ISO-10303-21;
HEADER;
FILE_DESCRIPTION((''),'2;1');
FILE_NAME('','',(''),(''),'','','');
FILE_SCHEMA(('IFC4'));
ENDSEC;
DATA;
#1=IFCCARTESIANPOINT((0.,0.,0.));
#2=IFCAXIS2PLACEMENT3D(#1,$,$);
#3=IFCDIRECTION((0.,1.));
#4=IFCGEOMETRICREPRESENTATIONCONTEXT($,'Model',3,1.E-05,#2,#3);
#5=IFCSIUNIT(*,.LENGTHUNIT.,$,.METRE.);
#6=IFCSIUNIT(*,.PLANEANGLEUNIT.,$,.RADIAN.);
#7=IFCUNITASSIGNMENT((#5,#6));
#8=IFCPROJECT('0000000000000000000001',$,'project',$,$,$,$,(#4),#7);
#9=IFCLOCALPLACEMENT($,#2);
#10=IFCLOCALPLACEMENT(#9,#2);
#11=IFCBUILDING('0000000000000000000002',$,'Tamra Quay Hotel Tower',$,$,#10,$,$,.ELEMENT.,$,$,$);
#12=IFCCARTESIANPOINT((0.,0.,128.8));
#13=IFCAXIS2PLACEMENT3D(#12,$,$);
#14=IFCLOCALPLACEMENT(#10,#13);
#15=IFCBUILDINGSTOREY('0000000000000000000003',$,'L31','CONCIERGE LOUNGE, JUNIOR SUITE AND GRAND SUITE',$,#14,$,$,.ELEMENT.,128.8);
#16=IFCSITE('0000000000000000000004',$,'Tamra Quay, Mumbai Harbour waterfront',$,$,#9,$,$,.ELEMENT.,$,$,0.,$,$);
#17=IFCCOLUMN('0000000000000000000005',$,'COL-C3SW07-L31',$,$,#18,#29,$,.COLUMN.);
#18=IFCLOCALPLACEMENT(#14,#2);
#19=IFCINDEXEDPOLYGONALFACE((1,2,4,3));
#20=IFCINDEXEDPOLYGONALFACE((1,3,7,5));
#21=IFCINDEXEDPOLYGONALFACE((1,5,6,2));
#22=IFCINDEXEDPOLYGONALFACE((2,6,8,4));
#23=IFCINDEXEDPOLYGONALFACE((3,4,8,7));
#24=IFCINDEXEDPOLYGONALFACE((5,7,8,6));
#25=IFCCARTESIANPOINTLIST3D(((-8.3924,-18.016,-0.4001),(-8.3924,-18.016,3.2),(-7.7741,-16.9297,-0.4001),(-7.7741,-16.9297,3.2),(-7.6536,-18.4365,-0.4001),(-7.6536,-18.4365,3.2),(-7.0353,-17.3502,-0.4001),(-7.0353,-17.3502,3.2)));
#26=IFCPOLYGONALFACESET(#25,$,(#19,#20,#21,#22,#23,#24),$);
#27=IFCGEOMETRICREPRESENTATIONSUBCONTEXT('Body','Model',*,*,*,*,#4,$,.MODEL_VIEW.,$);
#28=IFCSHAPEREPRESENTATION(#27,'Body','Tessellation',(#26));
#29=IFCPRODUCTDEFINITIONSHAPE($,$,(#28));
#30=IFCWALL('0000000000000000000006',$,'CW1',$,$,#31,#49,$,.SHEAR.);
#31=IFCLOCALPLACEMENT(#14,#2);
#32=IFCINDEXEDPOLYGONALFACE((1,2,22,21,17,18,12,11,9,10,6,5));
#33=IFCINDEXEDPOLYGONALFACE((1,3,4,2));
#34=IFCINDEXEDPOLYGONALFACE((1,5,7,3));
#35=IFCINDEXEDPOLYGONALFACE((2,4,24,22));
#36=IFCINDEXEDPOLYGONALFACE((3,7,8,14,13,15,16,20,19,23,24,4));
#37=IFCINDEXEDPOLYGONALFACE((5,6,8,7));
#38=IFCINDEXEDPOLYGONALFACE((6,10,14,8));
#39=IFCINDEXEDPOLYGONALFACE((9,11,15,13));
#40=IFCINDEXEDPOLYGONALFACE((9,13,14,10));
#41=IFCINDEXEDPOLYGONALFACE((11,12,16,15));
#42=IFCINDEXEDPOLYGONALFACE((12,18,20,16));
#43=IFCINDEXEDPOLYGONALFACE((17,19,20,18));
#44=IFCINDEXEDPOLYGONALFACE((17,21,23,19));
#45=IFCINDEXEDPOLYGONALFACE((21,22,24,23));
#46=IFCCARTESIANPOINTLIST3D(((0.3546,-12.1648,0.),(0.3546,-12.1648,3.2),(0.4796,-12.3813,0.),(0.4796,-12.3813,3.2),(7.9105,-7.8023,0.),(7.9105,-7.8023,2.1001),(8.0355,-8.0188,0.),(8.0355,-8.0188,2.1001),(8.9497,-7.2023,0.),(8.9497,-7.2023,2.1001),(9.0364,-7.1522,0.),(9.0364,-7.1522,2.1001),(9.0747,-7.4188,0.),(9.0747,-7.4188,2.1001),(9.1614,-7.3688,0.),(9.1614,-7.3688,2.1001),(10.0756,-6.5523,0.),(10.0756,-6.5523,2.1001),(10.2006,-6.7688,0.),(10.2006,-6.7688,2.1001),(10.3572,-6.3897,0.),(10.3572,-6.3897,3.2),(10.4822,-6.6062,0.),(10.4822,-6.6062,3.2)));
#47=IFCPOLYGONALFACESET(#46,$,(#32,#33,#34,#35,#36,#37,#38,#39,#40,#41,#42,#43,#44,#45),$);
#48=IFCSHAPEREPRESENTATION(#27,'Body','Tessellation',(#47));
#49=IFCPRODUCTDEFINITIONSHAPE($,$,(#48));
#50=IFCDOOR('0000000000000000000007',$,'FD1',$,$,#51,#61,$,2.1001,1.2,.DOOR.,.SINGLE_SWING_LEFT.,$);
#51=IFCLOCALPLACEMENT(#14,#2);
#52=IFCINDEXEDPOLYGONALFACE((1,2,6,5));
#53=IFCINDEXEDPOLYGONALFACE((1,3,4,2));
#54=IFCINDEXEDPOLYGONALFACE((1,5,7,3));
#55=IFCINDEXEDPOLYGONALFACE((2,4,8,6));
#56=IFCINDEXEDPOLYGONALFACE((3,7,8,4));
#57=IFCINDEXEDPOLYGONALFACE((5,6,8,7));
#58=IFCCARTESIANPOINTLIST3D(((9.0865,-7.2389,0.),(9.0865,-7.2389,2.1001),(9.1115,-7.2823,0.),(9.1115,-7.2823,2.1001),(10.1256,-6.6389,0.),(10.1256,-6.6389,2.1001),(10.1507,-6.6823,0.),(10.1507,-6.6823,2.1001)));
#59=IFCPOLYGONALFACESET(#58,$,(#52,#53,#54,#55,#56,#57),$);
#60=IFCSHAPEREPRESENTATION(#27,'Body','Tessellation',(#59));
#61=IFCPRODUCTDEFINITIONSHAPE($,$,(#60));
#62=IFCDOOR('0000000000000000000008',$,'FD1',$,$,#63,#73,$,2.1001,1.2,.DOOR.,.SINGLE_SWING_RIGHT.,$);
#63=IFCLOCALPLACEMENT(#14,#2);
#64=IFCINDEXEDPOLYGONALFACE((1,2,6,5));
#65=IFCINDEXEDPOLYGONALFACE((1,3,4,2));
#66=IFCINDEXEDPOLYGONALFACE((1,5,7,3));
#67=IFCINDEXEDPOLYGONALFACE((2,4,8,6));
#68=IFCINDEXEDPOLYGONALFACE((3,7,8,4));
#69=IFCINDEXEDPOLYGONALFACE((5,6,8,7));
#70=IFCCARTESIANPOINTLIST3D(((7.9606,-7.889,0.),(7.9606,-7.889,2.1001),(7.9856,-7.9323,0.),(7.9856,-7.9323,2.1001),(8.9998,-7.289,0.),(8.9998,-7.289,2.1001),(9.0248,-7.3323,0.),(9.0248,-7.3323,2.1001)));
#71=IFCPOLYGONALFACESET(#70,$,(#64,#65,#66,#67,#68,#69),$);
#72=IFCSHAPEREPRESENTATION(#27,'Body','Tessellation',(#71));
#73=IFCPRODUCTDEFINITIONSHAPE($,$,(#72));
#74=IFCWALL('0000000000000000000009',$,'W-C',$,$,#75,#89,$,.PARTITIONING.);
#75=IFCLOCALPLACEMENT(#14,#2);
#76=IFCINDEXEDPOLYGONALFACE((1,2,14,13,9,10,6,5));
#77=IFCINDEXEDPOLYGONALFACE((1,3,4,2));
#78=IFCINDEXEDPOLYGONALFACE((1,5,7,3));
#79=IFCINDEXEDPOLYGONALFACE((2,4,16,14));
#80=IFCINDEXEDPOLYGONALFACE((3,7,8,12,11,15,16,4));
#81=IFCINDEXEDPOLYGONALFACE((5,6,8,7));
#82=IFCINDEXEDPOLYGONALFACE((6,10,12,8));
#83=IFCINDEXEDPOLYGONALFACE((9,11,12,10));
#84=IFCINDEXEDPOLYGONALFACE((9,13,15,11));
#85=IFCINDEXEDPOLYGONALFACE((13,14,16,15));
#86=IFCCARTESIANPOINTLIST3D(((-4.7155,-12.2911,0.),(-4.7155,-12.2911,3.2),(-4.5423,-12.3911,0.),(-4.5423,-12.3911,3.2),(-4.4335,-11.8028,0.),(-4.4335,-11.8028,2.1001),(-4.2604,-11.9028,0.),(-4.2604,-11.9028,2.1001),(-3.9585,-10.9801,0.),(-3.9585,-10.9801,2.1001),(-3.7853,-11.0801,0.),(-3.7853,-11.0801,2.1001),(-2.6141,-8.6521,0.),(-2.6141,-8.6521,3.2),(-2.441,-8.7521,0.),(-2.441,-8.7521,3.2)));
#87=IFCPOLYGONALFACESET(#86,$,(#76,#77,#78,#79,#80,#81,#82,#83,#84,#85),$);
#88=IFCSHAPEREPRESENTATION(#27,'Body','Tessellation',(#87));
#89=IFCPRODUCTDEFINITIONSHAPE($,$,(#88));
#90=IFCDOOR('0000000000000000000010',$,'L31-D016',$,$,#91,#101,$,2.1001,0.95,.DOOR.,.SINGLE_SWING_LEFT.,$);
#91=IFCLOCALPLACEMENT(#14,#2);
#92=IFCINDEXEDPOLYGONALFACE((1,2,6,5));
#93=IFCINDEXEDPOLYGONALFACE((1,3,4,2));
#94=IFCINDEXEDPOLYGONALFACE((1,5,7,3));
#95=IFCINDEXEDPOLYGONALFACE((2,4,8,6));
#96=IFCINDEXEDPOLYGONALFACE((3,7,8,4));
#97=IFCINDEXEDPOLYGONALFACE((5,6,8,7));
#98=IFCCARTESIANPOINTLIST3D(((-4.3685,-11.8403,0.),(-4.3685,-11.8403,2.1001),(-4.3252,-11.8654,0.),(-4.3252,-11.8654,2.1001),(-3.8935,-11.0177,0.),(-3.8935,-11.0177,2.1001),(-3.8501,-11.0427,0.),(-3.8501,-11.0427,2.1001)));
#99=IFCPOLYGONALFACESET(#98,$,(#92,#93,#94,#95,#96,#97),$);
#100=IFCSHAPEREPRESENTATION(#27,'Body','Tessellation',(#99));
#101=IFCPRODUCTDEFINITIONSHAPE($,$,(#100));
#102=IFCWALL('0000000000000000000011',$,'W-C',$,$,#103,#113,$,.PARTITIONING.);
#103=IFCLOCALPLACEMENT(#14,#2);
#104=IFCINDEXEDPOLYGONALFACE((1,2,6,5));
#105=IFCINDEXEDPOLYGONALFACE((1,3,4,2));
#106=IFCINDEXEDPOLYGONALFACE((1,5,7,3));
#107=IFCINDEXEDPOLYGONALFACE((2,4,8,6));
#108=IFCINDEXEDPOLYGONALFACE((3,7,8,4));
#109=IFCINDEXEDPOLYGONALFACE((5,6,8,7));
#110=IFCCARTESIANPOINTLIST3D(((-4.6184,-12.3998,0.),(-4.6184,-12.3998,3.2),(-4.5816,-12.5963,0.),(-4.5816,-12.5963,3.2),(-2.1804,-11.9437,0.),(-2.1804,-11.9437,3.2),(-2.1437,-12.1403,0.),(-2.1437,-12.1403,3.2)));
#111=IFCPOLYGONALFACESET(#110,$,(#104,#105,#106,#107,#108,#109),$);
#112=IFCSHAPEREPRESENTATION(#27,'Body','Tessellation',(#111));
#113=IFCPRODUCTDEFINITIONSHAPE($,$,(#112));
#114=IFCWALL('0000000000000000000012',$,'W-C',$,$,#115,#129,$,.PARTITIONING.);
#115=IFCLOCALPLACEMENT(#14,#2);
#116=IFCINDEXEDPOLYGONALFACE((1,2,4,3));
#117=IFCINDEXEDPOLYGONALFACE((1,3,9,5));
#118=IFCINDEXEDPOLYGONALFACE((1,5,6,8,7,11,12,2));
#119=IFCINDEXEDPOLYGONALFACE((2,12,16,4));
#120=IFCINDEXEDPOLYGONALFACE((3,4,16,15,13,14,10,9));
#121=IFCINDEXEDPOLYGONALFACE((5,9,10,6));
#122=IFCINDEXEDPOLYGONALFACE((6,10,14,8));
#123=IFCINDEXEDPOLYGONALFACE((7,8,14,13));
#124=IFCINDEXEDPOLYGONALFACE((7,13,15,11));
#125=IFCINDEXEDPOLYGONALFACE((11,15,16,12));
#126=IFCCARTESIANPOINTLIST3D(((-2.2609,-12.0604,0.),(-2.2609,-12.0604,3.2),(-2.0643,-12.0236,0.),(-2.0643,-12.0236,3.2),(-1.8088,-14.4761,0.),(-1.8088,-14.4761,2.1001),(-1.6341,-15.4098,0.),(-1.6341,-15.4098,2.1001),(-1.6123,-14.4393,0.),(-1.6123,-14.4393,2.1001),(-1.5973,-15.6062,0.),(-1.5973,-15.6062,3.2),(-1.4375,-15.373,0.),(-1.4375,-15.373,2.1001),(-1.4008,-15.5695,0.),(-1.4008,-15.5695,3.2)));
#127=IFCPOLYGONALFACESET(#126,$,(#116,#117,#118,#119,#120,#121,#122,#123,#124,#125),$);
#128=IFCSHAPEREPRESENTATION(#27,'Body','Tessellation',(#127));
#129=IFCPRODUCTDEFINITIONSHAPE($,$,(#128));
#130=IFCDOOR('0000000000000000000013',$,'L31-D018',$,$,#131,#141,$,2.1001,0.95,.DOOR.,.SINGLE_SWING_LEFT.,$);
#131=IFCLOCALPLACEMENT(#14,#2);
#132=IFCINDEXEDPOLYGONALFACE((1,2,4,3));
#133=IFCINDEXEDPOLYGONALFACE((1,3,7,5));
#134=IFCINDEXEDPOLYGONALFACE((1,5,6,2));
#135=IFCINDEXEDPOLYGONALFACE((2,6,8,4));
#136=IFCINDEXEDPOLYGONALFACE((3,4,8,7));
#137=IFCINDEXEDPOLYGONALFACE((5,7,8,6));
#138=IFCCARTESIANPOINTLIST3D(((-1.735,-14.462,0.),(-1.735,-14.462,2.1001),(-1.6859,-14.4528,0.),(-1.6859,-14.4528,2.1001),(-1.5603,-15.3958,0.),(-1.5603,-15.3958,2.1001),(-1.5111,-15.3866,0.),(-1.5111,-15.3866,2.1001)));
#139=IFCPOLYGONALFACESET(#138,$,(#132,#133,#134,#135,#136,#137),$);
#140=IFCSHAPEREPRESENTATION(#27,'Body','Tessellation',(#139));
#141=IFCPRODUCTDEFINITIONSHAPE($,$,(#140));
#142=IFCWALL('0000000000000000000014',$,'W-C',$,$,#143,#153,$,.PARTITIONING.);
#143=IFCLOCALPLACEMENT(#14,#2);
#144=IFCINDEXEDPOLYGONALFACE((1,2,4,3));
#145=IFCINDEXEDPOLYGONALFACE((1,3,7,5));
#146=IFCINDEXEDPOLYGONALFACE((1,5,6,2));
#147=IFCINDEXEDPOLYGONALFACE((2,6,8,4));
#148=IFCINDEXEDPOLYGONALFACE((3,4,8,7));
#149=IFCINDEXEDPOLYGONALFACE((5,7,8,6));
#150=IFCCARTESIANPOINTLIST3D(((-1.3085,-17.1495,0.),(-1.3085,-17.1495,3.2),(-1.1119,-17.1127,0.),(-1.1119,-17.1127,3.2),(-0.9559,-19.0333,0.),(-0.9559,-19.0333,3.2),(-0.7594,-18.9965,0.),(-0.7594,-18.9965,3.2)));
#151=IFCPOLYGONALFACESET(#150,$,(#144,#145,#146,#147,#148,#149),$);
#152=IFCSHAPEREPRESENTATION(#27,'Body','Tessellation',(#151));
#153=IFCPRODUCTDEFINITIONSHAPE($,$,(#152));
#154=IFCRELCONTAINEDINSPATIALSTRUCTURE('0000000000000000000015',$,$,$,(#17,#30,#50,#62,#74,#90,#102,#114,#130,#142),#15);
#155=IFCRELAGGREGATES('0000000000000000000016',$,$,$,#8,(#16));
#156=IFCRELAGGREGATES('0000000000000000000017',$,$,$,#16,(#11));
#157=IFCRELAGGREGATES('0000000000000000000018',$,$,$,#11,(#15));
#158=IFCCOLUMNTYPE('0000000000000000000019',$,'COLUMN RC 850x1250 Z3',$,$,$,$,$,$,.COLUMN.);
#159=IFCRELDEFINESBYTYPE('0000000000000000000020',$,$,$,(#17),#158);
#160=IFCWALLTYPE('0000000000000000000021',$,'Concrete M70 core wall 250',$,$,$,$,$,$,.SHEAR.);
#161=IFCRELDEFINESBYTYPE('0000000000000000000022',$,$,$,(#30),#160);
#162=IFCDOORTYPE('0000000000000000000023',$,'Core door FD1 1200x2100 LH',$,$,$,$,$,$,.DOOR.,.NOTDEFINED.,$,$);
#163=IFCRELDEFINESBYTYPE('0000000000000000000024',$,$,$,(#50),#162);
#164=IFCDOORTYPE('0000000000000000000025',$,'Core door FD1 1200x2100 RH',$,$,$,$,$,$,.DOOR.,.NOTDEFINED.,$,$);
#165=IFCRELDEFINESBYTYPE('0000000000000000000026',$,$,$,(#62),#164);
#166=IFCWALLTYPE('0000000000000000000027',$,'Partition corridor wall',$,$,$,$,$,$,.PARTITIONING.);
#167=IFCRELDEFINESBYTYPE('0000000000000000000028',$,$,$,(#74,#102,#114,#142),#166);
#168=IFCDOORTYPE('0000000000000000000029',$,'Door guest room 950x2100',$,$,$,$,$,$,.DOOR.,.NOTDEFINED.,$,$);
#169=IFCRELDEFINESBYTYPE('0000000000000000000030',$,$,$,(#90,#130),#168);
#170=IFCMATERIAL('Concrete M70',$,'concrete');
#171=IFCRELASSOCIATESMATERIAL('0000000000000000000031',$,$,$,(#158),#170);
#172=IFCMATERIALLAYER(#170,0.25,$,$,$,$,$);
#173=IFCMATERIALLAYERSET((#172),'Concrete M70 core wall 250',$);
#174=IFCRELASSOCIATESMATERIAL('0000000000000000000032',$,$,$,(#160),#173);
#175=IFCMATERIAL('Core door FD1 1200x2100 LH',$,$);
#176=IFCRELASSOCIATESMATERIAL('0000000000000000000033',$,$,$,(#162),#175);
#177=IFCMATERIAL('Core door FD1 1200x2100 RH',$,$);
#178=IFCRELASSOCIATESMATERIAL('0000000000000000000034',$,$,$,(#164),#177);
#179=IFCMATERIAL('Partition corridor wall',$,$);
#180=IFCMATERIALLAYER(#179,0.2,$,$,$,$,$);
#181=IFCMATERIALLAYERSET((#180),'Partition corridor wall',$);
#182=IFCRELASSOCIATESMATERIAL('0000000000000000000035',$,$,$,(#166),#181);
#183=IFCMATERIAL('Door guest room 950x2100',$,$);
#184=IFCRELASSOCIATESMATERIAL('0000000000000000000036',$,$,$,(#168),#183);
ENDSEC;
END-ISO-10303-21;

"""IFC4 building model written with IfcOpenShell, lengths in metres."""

from ifc_helpers import new_model, si_unit, direction, frame, frame_2d, origin, origin_2d, place, context, subcontext, project, spatial, rectangle, extrude, material, layer, layer_set, material_profile, profile_set, type_object, element, fill, save


model = new_model("IFC4")

# Units and contexts
model_context = context("Model", 3, precision=1e-05, world=origin(), true_north=direction((0.0, 1.0)))
body_context = subcontext(model_context, "Body", "Model", "MODEL_VIEW")
ifc_project = project(units=[si_unit("LENGTHUNIT", "METRE"), si_unit("PLANEANGLEUNIT", "RADIAN")], contexts=[model_context])

# Site, building, storey
site_placement = place(None, origin())
site = spatial("IfcSite", under=ifc_project, at=site_placement, Name="Tamra Quay, Mumbai Harbour waterfront", CompositionType="ELEMENT", RefElevation=0.0)
building_placement = place(site_placement, origin())
building = spatial("IfcBuilding", under=site, at=building_placement, Name="Tamra Quay Hotel Tower", CompositionType="ELEMENT")
storey_placement = place(building_placement, frame((0.0, 0.0, 128.8)))
storey = spatial("IfcBuildingStorey", under=building, at=storey_placement, Name="L31", Description="CONCIERGE LOUNGE, JUNIOR SUITE AND GRAND SUITE", CompositionType="ELEMENT", Elevation=128.8)

# Column
ifc_material_1 = material(Name="Concrete M70", Category="concrete")
ifc_material_profile = material_profile(ifc_material_1, rectangle(XDim=1.25, YDim=0.8501, at=origin_2d()), Name="COLUMN RC 850x1250 Z3")
ifc_profile_set = profile_set([ifc_material_profile], Name="Concrete M70")
column_type = type_object("IfcColumnType", Name="COLUMN RC 850x1250 Z3", PredefinedType="COLUMN", material=ifc_profile_set)
column_placement = place(storey_placement, frame((-7.7139, -17.6831, -0.4001), z_axis=(0.0, 0.0, 1.0), x_axis=(0.494656, 0.869089, 0.0)))
element("IfcColumn", 1, at=column_placement, inside=storey, type_object=column_type, Name="COL-C3SW07-L31", PredefinedType="COLUMN", context=body_context, shape_type="SweptSolid", body=[
    extrude(rectangle(XDim=1.25, YDim=0.8501, at=origin_2d()), origin(), (0.0, 0.0, 1.0), 3.6001),
])

# Wall, openings, doors
ifc_layer_1 = layer(ifc_material_1, 0.25)
ifc_layer_set_1 = layer_set([ifc_layer_1], Name="Concrete M70 core wall 250")
wall_type_1 = type_object("IfcWallType", Name="Concrete M70 core wall 250", PredefinedType="SHEAR", material=ifc_layer_set_1)
wall_1_placement = place(storey_placement, frame((0.4172, -12.2729, 0.0), z_axis=(0.0, 0.0, 1.0), x_axis=(0.866022, 0.500006, 0.0)))
wall_1 = element("IfcWall", 2, at=wall_1_placement, inside=storey, type_object=wall_type_1, Name="CW1", PredefinedType="SHEAR", context=body_context, shape_type="SweptSolid", body=[
    extrude(rectangle(XDim=11.55, YDim=0.25, at=frame_2d((5.7749, 0.0))), origin(), (0.0, 0.0, 1.0), 3.2),
])
opening_1_placement = place(wall_1_placement, frame((10.0247, 0.0, 0.0)))
opening_1 = element("IfcOpeningElement", 3, at=opening_1_placement, cuts=wall_1, PredefinedType="OPENING", context=body_context, shape_type="SweptSolid", body=[
    extrude(rectangle(XDim=1.2, YDim=2.1001, at=frame_2d((0.6001, 1.05))), frame((0.0, 0.135, 0.0), z_axis=(0.0, -1.0, 0.0), x_axis=(1.0, 0.0, 0.0)), (0.0, 0.0, 1.0), 0.27),
])
opening_2_placement = place(wall_1_placement, frame((8.7246, 0.0, 0.0)))
opening_2 = element("IfcOpeningElement", 4, at=opening_2_placement, cuts=wall_1, PredefinedType="OPENING", context=body_context, shape_type="SweptSolid", body=[
    extrude(rectangle(XDim=1.2, YDim=2.1001, at=frame_2d((0.6001, 1.05))), frame((0.0, 0.135, 0.0), z_axis=(0.0, -1.0, 0.0), x_axis=(1.0, 0.0, 0.0)), (0.0, 0.0, 1.0), 0.27),
])
ifc_material_2 = material(Name="Core door FD1 1200x2100 LH")
door_type_1 = type_object("IfcDoorType", Name="Core door FD1 1200x2100 LH", OperationType="NOTDEFINED", PredefinedType="DOOR", material=ifc_material_2)
door_1_placement = place(opening_1_placement, origin())
door_1 = element("IfcDoor", 5, at=door_1_placement, inside=storey, type_object=door_type_1, Name="FD1", OperationType="SINGLE_SWING_LEFT", OverallHeight=2.1001, OverallWidth=1.2, PredefinedType="DOOR", context=body_context, shape_type="SweptSolid", body=[
    extrude(rectangle(XDim=1.2, YDim=2.1001, at=frame_2d((0.6001, 1.05))), frame((0.0, 0.0249, 0.0), z_axis=(0.0, -1.0, 0.0), x_axis=(1.0, 0.0, 0.0)), (0.0, 0.0, 1.0), 0.05),
])
fill(opening_1, door_1)
ifc_material_3 = material(Name="Core door FD1 1200x2100 RH")
door_type_2 = type_object("IfcDoorType", Name="Core door FD1 1200x2100 RH", OperationType="NOTDEFINED", PredefinedType="DOOR", material=ifc_material_3)
door_2_placement = place(opening_2_placement, origin())
door_2 = element("IfcDoor", 6, at=door_2_placement, inside=storey, type_object=door_type_2, Name="FD1", OperationType="SINGLE_SWING_RIGHT", OverallHeight=2.1001, OverallWidth=1.2, PredefinedType="DOOR", context=body_context, shape_type="SweptSolid", body=[
    extrude(rectangle(XDim=1.2, YDim=2.1001, at=frame_2d((0.6001, 1.05))), frame((0.0, 0.0249, 0.0), z_axis=(0.0, -1.0, 0.0), x_axis=(1.0, 0.0, 0.0)), (0.0, 0.0, 1.0), 0.05),
])
fill(opening_2, door_2)

# Wall, opening, door
ifc_material_4 = material(Name="Partition corridor wall")
ifc_layer_2 = layer(ifc_material_4, 0.2)
ifc_layer_set_2 = layer_set([ifc_layer_2], Name="Partition corridor wall")
wall_type_2 = type_object("IfcWallType", Name="Partition corridor wall", PredefinedType="PARTITIONING", material=ifc_layer_set_2)
wall_2_placement = place(storey_placement, frame((-4.6289, -12.3411, 0.0), z_axis=(0.0, 0.0, 1.0), x_axis=(0.500069, 0.865985, 0.0)))
wall_2 = element("IfcWall", 7, at=wall_2_placement, inside=storey, type_object=wall_type_2, Name="W-C", PredefinedType="PARTITIONING", context=body_context, shape_type="SweptSolid", body=[
    extrude(rectangle(XDim=4.2021, YDim=0.2, at=frame_2d((2.1011, 0.0))), origin(), (0.0, 0.0, 1.0), 3.2),
])
opening_3_placement = place(wall_2_placement, frame((0.5637, 0.0, 0.0)))
opening_3 = element("IfcOpeningElement", 8, at=opening_3_placement, cuts=wall_2, PredefinedType="OPENING", context=body_context, shape_type="SweptSolid", body=[
    extrude(rectangle(XDim=0.95, YDim=2.1001, at=frame_2d((0.4751, 1.05))), frame((0.0, 0.1099, 0.0), z_axis=(0.0, -1.0, 0.0), x_axis=(1.0, 0.0, 0.0)), (0.0, 0.0, 1.0), 0.22),
])
ifc_material_5 = material(Name="Door guest room 950x2100")
door_type_3 = type_object("IfcDoorType", Name="Door guest room 950x2100", OperationType="NOTDEFINED", PredefinedType="DOOR", material=ifc_material_5)
door_3_placement = place(opening_3_placement, origin())
door_3 = element("IfcDoor", 9, at=door_3_placement, inside=storey, type_object=door_type_3, Name="L31-D016", OperationType="SINGLE_SWING_LEFT", OverallHeight=2.1001, OverallWidth=0.95, PredefinedType="DOOR", context=body_context, shape_type="SweptSolid", body=[
    extrude(rectangle(XDim=0.95, YDim=2.1001, at=frame_2d((0.4751, 1.05))), frame((0.0, 0.0249, 0.0), z_axis=(0.0, -1.0, 0.0), x_axis=(1.0, 0.0, 0.0)), (0.0, 0.0, 1.0), 0.05),
])
fill(opening_3, door_3)

# Wall
wall_3_placement = place(storey_placement, frame((-4.6001, -12.498, 0.0), z_axis=(0.0, 0.0, 1.0), x_axis=(0.98295, 0.183873, 0.0)))
element("IfcWall", 10, at=wall_3_placement, inside=storey, type_object=wall_type_2, Name="W-C", PredefinedType="PARTITIONING", context=body_context, shape_type="SweptSolid", body=[
    extrude(rectangle(XDim=2.4802, YDim=0.2, at=frame_2d((1.2402, 0.0))), origin(), (0.0, 0.0, 1.0), 3.2),
])

# Wall, opening, door
wall_4_placement = place(storey_placement, frame((-2.1626, -12.042, 0.0), z_axis=(0.0, 0.0, 1.0), x_axis=(0.183945, -0.982936, 0.0)))
wall_4 = element("IfcWall", 11, at=wall_4_placement, inside=storey, type_object=wall_type_2, Name="W-C", PredefinedType="PARTITIONING", context=body_context, shape_type="SweptSolid", body=[
    extrude(rectangle(XDim=3.6074, YDim=0.2, at=frame_2d((1.8037, 0.0))), origin(), (0.0, 0.0, 1.0), 3.2),
])
opening_4_placement = place(wall_4_placement, frame((2.4575, 0.0, 0.0)))
opening_4 = element("IfcOpeningElement", 12, at=opening_4_placement, cuts=wall_4, PredefinedType="OPENING", context=body_context, shape_type="SweptSolid", body=[
    extrude(rectangle(XDim=0.95, YDim=2.1001, at=frame_2d((0.4751, 1.05))), frame((0.0, 0.1099, 0.0), z_axis=(0.0, -1.0, 0.0), x_axis=(1.0, 0.0, 0.0)), (0.0, 0.0, 1.0), 0.22),
])
door_4_placement = place(opening_4_placement, frame((0.95, 0.0, 0.0), z_axis=(0.0, 0.0, 1.0), x_axis=(-1.0, 0.0, 0.0)))
door_4 = element("IfcDoor", 13, at=door_4_placement, inside=storey, type_object=door_type_3, Name="L31-D018", OperationType="SINGLE_SWING_LEFT", OverallHeight=2.1001, OverallWidth=0.95, PredefinedType="DOOR", context=body_context, shape_type="SweptSolid", body=[
    extrude(rectangle(XDim=0.95, YDim=2.1001, at=frame_2d((0.4751, 1.05))), frame((0.0, 0.0249, 0.0), z_axis=(0.0, -1.0, 0.0), x_axis=(1.0, 0.0, 0.0)), (0.0, 0.0, 1.0), 0.05),
])
fill(opening_4, door_4)

# Wall
wall_5_placement = place(storey_placement, frame((-1.2102, -17.1311, 0.0), z_axis=(0.0, 0.0, 1.0), x_axis=(0.18395, -0.982936, 0.0)))
element("IfcWall", 14, at=wall_5_placement, inside=storey, type_object=wall_type_2, Name="W-C", PredefinedType="PARTITIONING", context=body_context, shape_type="SweptSolid", body=[
    extrude(rectangle(XDim=1.9165, YDim=0.2, at=frame_2d((0.9583, 0.0))), origin(), (0.0, 0.0, 1.0), 3.2),
])

save(model, "model.ifc")
